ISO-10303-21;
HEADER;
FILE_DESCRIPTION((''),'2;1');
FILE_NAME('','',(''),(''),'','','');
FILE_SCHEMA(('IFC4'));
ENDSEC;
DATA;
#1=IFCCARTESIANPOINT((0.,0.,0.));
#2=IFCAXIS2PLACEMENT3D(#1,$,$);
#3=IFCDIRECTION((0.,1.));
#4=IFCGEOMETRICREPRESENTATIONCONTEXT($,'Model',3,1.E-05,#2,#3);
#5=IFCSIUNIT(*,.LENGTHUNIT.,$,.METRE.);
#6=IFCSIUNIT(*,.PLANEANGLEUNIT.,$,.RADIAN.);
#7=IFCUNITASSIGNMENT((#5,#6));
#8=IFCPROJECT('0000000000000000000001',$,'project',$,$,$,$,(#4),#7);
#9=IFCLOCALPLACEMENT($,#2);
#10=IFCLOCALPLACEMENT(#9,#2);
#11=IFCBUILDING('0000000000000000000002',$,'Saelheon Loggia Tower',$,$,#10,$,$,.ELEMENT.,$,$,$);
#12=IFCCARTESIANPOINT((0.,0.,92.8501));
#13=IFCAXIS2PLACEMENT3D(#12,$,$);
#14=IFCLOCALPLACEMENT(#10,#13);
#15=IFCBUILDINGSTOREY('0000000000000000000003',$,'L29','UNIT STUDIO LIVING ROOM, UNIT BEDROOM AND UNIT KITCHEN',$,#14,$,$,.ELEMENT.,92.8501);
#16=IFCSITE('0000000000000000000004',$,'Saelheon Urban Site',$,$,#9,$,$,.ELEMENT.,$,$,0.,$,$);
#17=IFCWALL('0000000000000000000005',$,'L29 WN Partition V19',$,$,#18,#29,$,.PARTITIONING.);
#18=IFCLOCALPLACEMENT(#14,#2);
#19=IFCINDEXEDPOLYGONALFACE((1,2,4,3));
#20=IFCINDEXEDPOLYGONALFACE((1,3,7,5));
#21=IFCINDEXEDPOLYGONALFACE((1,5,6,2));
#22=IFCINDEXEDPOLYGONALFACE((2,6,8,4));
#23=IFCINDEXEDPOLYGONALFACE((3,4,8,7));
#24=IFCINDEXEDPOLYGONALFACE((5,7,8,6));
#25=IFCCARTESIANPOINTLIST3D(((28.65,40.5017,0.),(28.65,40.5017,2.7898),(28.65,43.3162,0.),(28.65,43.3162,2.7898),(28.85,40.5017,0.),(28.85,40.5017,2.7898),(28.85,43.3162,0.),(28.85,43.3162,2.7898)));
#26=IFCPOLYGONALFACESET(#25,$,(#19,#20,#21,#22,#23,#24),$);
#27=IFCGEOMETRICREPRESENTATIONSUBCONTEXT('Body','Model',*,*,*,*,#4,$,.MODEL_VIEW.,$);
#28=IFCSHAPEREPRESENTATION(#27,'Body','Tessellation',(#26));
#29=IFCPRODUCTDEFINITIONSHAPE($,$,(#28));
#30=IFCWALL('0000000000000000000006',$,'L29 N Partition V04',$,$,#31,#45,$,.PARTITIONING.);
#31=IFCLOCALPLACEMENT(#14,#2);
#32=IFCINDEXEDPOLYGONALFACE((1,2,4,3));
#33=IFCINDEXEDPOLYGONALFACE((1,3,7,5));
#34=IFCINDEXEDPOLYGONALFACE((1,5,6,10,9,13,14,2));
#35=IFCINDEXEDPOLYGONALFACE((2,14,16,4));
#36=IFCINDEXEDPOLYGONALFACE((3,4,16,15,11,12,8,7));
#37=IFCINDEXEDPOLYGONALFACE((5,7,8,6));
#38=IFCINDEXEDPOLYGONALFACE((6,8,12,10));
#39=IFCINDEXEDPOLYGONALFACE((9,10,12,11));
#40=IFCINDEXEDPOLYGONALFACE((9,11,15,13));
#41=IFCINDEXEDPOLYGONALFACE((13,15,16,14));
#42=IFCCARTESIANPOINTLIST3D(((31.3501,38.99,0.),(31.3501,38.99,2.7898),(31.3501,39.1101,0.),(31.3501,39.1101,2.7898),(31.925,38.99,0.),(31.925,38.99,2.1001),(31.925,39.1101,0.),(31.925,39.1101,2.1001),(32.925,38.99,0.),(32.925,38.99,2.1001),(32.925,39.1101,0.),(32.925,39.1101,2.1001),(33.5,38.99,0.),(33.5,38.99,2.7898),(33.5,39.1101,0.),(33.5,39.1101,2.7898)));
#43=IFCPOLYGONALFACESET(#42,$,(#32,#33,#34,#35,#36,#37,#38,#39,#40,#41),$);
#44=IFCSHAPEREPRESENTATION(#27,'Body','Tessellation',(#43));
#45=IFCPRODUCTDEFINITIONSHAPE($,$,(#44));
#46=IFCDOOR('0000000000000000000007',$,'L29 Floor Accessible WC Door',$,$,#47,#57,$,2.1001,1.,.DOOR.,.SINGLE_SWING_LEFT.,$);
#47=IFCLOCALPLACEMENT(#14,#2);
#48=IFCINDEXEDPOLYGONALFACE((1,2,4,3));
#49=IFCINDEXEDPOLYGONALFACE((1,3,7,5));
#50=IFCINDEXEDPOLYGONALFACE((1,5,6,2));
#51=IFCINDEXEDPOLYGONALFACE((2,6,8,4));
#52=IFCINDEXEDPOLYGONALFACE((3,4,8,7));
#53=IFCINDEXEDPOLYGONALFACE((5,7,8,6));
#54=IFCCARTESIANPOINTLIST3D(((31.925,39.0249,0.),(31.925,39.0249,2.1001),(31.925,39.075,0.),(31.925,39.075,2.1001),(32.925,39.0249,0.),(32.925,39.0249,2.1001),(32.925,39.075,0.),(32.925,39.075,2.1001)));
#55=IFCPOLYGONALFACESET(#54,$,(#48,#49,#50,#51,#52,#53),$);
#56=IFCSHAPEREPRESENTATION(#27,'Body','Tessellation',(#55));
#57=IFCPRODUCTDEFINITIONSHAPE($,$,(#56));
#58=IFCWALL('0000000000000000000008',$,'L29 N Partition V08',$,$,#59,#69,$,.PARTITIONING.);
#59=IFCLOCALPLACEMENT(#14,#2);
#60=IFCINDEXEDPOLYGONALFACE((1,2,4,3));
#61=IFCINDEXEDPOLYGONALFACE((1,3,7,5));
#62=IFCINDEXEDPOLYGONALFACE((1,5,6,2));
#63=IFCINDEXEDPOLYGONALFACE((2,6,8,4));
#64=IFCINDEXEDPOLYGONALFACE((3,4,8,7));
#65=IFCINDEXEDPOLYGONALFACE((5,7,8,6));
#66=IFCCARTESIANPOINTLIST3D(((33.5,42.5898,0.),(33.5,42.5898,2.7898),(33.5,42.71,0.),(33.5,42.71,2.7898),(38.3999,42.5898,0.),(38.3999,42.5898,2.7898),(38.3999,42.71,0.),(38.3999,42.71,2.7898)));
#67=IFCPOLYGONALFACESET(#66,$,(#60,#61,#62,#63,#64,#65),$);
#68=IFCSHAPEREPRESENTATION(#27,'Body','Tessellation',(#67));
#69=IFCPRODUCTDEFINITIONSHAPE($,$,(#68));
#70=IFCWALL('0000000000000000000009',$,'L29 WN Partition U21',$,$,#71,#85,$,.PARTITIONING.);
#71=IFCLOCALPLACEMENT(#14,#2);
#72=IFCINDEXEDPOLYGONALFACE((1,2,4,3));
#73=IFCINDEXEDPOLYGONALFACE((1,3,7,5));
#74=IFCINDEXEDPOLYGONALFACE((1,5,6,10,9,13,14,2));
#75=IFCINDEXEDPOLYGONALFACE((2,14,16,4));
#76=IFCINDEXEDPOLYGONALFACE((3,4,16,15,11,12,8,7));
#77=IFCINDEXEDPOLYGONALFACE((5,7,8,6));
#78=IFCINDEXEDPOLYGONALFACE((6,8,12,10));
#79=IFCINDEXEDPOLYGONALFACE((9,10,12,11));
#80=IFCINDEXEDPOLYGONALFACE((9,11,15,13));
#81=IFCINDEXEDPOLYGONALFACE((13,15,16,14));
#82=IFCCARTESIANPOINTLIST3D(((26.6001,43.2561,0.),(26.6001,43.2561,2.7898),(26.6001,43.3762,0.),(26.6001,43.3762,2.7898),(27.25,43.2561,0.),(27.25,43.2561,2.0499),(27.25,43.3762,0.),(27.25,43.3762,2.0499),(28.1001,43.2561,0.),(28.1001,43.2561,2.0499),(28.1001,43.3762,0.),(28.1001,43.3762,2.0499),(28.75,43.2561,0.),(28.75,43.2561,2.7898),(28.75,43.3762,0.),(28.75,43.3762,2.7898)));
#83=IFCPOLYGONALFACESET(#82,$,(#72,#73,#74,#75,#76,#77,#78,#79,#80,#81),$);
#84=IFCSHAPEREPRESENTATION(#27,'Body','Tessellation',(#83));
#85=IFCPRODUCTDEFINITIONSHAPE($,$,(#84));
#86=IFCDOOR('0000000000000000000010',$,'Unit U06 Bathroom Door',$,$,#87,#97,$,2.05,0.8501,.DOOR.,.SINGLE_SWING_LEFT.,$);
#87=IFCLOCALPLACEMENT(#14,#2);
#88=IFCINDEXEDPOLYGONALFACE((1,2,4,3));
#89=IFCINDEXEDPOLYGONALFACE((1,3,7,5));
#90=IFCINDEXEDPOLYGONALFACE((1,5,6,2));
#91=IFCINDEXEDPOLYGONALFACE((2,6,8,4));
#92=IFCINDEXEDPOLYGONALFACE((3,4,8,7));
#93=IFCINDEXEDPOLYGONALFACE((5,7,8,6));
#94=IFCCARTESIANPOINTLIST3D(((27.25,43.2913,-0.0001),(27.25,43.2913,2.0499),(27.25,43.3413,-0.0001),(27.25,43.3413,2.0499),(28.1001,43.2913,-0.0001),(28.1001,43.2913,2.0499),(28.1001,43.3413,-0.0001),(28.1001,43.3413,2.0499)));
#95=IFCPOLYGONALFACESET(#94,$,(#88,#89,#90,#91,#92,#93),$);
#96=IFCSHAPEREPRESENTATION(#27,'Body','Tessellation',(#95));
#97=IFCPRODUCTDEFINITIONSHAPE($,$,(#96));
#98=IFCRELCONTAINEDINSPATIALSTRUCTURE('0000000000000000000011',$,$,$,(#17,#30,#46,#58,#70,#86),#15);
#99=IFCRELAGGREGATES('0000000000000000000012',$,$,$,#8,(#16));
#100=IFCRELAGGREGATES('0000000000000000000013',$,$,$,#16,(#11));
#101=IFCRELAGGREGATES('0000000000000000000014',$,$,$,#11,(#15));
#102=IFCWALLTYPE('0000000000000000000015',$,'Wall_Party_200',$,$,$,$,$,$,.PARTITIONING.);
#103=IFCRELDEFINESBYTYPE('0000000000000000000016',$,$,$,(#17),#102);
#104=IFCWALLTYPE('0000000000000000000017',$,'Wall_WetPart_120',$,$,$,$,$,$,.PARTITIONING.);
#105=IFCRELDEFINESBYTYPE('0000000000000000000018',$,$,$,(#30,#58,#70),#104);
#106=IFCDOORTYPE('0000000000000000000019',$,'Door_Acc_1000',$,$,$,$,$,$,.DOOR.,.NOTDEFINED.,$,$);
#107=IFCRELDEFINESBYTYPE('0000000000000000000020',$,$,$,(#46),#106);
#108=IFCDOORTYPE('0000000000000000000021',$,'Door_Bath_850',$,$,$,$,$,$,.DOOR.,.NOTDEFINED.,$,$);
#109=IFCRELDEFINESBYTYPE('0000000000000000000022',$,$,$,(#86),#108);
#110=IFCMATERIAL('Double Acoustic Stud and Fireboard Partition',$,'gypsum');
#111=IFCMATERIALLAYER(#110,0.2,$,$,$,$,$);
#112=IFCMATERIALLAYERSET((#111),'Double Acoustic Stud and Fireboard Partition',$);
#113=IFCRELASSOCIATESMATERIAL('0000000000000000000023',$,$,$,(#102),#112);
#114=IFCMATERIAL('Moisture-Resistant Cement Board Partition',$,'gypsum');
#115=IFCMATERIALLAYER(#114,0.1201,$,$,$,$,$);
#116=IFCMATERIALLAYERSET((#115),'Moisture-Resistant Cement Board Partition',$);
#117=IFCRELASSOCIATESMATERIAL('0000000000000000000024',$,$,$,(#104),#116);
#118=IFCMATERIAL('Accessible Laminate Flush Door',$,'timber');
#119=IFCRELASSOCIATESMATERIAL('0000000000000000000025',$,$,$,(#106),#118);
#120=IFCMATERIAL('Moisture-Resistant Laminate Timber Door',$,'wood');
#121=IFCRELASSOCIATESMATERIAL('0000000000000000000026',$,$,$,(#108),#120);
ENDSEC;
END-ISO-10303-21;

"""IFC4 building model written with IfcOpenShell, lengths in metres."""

from ifc_helpers import new_model, si_unit, direction, frame, frame_2d, origin, place, context, subcontext, project, spatial, rectangle, extrude, source, transform, mapped, material, layer, layer_set, type_object, element, fill, save


model = new_model("IFC4")

# Units and contexts
model_context = context("Model", 3, precision=1e-05, world=origin(), true_north=direction((0.0, 1.0)))
body_context = subcontext(model_context, "Body", "Model", "MODEL_VIEW")
ifc_project = project(units=[si_unit("LENGTHUNIT", "METRE"), si_unit("PLANEANGLEUNIT", "RADIAN")], contexts=[model_context])

# Site, building, storey
site_placement = place(None, origin())
site = spatial("IfcSite", under=ifc_project, at=site_placement, Name="Saelheon Urban Site", CompositionType="ELEMENT", RefElevation=0.0)
building_placement = place(site_placement, origin())
building = spatial("IfcBuilding", under=site, at=building_placement, Name="Saelheon Loggia Tower", CompositionType="ELEMENT")
storey_placement = place(building_placement, frame((0.0, 0.0, 92.8501)))
storey = spatial("IfcBuildingStorey", under=building, at=storey_placement, Name="L29", Description="UNIT STUDIO LIVING ROOM, UNIT BEDROOM AND UNIT KITCHEN", CompositionType="ELEMENT", Elevation=92.8501)

# Wall
ifc_material_1 = material(Name="Double Acoustic Stud and Fireboard Partition", Category="gypsum")
ifc_layer_1 = layer(ifc_material_1, 0.2)
ifc_layer_set_1 = layer_set([ifc_layer_1], Name="Double Acoustic Stud and Fireboard Partition")
wall_type_1 = type_object("IfcWallType", Name="Wall_Party_200", PredefinedType="PARTITIONING", material=ifc_layer_set_1)
wall_1_placement = place(storey_placement, frame((28.75, 40.5017, 0.0), z_axis=(0.0, 0.0, 1.0), x_axis=(0.0, 1.0, 0.0)))
element("IfcWall", 1, at=wall_1_placement, inside=storey, type_object=wall_type_1, Name="L29 WN Partition V19", PredefinedType="PARTITIONING", context=body_context, shape_type="SweptSolid", body=[
    extrude(rectangle(XDim=2.8145, YDim=0.2, at=frame_2d((1.4072, 0.0))), origin(), (0.0, 0.0, 1.0), 2.7898),
])

# Wall, opening, door
ifc_material_2 = material(Name="Moisture-Resistant Cement Board Partition", Category="gypsum")
ifc_layer_2 = layer(ifc_material_2, 0.1201)
ifc_layer_set_2 = layer_set([ifc_layer_2], Name="Moisture-Resistant Cement Board Partition")
wall_type_2 = type_object("IfcWallType", Name="Wall_WetPart_120", PredefinedType="PARTITIONING", material=ifc_layer_set_2)
wall_2_placement = place(storey_placement, frame((31.3501, 39.05, 0.0), z_axis=(0.0, 0.0, 1.0), x_axis=(1.0, 0.0, 0.0)))
wall_2 = element("IfcWall", 2, at=wall_2_placement, inside=storey, type_object=wall_type_2, Name="L29 N Partition V04", PredefinedType="PARTITIONING", context=body_context, shape_type="SweptSolid", body=[
    extrude(rectangle(XDim=2.1499, YDim=0.1201, at=frame_2d((1.075, 0.0))), origin(), (0.0, 0.0, 1.0), 2.7898),
])
opening_1_placement = place(wall_2_placement, frame((0.575, 0.0, 0.0)))
opening_1 = element("IfcOpeningElement", 3, at=opening_1_placement, cuts=wall_2, PredefinedType="OPENING", context=body_context, shape_type="SweptSolid", body=[
    extrude(rectangle(XDim=1.0, YDim=2.1001, at=frame_2d((0.5, 1.05))), frame((0.0, 0.072, 0.0), z_axis=(0.0, -1.0, 0.0), x_axis=(1.0, 0.0, 0.0)), (0.0, 0.0, 1.0), 0.144),
])
ifc_material_3 = material(Name="Accessible Laminate Flush Door", Category="timber")
door_type_1 = type_object("IfcDoorType", Name="Door_Acc_1000", OperationType="NOTDEFINED", PredefinedType="DOOR", material=ifc_material_3)
shared_shape_1 = source(origin(), body_context, "Body", "SweptSolid", [
    extrude(rectangle(XDim=1.0, YDim=2.1001, at=frame_2d((0.5, 1.05))), frame((0.0, 0.0249, 0.0), z_axis=(0.0, -1.0, 0.0), x_axis=(1.0, 0.0, 0.0)), (0.0, 0.0, 1.0), 0.05),
])
door_1_placement = place(opening_1_placement, origin())
door_1 = element("IfcDoor", 4, at=door_1_placement, inside=storey, type_object=door_type_1, Name="L29 Floor Accessible WC Door", OperationType="SINGLE_SWING_LEFT", OverallHeight=2.1001, OverallWidth=1.0, PredefinedType="DOOR", context=body_context, shape_type="MappedRepresentation", body=[
    mapped(shared_shape_1, transform((0.0, 0.0, 0.0), scale=1.0)),
])
fill(opening_1, door_1)

# Wall
wall_3_placement = place(storey_placement, frame((33.5, 42.6499, 0.0), z_axis=(0.0, 0.0, 1.0), x_axis=(1.0, 0.0, 0.0)))
element("IfcWall", 5, at=wall_3_placement, inside=storey, type_object=wall_type_2, Name="L29 N Partition V08", PredefinedType="PARTITIONING", context=body_context, shape_type="SweptSolid", body=[
    extrude(rectangle(XDim=4.8999, YDim=0.1201, at=frame_2d((2.45, 0.0))), origin(), (0.0, 0.0, 1.0), 2.7898),
])

# Wall, opening, door
wall_4_placement = place(storey_placement, frame((28.75, 43.3162, 0.0), z_axis=(0.0, 0.0, 1.0), x_axis=(-1.0, 0.0, 0.0)))
wall_4 = element("IfcWall", 6, at=wall_4_placement, inside=storey, type_object=wall_type_2, Name="L29 WN Partition U21", PredefinedType="PARTITIONING", context=body_context, shape_type="SweptSolid", body=[
    extrude(rectangle(XDim=2.1499, YDim=0.1201, at=frame_2d((1.075, 0.0))), origin(), (0.0, 0.0, 1.0), 2.7898),
])
opening_2_placement = place(wall_4_placement, frame((0.6499, 0.0, 0.0)))
opening_2 = element("IfcOpeningElement", 7, at=opening_2_placement, cuts=wall_4, PredefinedType="OPENING", context=body_context, shape_type="SweptSolid", body=[
    extrude(rectangle(XDim=0.8501, YDim=2.05, at=frame_2d((0.425, 1.0249))), frame((0.0, 0.072, 0.0), z_axis=(0.0, -1.0, 0.0), x_axis=(1.0, 0.0, 0.0)), (0.0, 0.0, 1.0), 0.144),
])
ifc_material_4 = material(Name="Moisture-Resistant Laminate Timber Door", Category="wood")
door_type_2 = type_object("IfcDoorType", Name="Door_Bath_850", OperationType="NOTDEFINED", PredefinedType="DOOR", material=ifc_material_4)
shared_shape_2 = source(origin(), body_context, "Body", "SweptSolid", [
    extrude(rectangle(XDim=0.8501, YDim=2.05, at=frame_2d((0.425, 1.0249))), frame((0.0, 0.0249, 0.0), z_axis=(0.0, -1.0, 0.0), x_axis=(1.0, 0.0, 0.0)), (0.0, 0.0, 1.0), 0.05),
])
door_2_placement = place(opening_2_placement, origin())
door_2 = element("IfcDoor", 8, at=door_2_placement, inside=storey, type_object=door_type_2, Name="Unit U06 Bathroom Door", OperationType="SINGLE_SWING_LEFT", OverallHeight=2.05, OverallWidth=0.8501, PredefinedType="DOOR", context=body_context, shape_type="MappedRepresentation", body=[
    mapped(shared_shape_2, transform((0.0, 0.0, 0.0), scale=1.0)),
])
fill(opening_2, door_2)

save(model, "model.ifc")
